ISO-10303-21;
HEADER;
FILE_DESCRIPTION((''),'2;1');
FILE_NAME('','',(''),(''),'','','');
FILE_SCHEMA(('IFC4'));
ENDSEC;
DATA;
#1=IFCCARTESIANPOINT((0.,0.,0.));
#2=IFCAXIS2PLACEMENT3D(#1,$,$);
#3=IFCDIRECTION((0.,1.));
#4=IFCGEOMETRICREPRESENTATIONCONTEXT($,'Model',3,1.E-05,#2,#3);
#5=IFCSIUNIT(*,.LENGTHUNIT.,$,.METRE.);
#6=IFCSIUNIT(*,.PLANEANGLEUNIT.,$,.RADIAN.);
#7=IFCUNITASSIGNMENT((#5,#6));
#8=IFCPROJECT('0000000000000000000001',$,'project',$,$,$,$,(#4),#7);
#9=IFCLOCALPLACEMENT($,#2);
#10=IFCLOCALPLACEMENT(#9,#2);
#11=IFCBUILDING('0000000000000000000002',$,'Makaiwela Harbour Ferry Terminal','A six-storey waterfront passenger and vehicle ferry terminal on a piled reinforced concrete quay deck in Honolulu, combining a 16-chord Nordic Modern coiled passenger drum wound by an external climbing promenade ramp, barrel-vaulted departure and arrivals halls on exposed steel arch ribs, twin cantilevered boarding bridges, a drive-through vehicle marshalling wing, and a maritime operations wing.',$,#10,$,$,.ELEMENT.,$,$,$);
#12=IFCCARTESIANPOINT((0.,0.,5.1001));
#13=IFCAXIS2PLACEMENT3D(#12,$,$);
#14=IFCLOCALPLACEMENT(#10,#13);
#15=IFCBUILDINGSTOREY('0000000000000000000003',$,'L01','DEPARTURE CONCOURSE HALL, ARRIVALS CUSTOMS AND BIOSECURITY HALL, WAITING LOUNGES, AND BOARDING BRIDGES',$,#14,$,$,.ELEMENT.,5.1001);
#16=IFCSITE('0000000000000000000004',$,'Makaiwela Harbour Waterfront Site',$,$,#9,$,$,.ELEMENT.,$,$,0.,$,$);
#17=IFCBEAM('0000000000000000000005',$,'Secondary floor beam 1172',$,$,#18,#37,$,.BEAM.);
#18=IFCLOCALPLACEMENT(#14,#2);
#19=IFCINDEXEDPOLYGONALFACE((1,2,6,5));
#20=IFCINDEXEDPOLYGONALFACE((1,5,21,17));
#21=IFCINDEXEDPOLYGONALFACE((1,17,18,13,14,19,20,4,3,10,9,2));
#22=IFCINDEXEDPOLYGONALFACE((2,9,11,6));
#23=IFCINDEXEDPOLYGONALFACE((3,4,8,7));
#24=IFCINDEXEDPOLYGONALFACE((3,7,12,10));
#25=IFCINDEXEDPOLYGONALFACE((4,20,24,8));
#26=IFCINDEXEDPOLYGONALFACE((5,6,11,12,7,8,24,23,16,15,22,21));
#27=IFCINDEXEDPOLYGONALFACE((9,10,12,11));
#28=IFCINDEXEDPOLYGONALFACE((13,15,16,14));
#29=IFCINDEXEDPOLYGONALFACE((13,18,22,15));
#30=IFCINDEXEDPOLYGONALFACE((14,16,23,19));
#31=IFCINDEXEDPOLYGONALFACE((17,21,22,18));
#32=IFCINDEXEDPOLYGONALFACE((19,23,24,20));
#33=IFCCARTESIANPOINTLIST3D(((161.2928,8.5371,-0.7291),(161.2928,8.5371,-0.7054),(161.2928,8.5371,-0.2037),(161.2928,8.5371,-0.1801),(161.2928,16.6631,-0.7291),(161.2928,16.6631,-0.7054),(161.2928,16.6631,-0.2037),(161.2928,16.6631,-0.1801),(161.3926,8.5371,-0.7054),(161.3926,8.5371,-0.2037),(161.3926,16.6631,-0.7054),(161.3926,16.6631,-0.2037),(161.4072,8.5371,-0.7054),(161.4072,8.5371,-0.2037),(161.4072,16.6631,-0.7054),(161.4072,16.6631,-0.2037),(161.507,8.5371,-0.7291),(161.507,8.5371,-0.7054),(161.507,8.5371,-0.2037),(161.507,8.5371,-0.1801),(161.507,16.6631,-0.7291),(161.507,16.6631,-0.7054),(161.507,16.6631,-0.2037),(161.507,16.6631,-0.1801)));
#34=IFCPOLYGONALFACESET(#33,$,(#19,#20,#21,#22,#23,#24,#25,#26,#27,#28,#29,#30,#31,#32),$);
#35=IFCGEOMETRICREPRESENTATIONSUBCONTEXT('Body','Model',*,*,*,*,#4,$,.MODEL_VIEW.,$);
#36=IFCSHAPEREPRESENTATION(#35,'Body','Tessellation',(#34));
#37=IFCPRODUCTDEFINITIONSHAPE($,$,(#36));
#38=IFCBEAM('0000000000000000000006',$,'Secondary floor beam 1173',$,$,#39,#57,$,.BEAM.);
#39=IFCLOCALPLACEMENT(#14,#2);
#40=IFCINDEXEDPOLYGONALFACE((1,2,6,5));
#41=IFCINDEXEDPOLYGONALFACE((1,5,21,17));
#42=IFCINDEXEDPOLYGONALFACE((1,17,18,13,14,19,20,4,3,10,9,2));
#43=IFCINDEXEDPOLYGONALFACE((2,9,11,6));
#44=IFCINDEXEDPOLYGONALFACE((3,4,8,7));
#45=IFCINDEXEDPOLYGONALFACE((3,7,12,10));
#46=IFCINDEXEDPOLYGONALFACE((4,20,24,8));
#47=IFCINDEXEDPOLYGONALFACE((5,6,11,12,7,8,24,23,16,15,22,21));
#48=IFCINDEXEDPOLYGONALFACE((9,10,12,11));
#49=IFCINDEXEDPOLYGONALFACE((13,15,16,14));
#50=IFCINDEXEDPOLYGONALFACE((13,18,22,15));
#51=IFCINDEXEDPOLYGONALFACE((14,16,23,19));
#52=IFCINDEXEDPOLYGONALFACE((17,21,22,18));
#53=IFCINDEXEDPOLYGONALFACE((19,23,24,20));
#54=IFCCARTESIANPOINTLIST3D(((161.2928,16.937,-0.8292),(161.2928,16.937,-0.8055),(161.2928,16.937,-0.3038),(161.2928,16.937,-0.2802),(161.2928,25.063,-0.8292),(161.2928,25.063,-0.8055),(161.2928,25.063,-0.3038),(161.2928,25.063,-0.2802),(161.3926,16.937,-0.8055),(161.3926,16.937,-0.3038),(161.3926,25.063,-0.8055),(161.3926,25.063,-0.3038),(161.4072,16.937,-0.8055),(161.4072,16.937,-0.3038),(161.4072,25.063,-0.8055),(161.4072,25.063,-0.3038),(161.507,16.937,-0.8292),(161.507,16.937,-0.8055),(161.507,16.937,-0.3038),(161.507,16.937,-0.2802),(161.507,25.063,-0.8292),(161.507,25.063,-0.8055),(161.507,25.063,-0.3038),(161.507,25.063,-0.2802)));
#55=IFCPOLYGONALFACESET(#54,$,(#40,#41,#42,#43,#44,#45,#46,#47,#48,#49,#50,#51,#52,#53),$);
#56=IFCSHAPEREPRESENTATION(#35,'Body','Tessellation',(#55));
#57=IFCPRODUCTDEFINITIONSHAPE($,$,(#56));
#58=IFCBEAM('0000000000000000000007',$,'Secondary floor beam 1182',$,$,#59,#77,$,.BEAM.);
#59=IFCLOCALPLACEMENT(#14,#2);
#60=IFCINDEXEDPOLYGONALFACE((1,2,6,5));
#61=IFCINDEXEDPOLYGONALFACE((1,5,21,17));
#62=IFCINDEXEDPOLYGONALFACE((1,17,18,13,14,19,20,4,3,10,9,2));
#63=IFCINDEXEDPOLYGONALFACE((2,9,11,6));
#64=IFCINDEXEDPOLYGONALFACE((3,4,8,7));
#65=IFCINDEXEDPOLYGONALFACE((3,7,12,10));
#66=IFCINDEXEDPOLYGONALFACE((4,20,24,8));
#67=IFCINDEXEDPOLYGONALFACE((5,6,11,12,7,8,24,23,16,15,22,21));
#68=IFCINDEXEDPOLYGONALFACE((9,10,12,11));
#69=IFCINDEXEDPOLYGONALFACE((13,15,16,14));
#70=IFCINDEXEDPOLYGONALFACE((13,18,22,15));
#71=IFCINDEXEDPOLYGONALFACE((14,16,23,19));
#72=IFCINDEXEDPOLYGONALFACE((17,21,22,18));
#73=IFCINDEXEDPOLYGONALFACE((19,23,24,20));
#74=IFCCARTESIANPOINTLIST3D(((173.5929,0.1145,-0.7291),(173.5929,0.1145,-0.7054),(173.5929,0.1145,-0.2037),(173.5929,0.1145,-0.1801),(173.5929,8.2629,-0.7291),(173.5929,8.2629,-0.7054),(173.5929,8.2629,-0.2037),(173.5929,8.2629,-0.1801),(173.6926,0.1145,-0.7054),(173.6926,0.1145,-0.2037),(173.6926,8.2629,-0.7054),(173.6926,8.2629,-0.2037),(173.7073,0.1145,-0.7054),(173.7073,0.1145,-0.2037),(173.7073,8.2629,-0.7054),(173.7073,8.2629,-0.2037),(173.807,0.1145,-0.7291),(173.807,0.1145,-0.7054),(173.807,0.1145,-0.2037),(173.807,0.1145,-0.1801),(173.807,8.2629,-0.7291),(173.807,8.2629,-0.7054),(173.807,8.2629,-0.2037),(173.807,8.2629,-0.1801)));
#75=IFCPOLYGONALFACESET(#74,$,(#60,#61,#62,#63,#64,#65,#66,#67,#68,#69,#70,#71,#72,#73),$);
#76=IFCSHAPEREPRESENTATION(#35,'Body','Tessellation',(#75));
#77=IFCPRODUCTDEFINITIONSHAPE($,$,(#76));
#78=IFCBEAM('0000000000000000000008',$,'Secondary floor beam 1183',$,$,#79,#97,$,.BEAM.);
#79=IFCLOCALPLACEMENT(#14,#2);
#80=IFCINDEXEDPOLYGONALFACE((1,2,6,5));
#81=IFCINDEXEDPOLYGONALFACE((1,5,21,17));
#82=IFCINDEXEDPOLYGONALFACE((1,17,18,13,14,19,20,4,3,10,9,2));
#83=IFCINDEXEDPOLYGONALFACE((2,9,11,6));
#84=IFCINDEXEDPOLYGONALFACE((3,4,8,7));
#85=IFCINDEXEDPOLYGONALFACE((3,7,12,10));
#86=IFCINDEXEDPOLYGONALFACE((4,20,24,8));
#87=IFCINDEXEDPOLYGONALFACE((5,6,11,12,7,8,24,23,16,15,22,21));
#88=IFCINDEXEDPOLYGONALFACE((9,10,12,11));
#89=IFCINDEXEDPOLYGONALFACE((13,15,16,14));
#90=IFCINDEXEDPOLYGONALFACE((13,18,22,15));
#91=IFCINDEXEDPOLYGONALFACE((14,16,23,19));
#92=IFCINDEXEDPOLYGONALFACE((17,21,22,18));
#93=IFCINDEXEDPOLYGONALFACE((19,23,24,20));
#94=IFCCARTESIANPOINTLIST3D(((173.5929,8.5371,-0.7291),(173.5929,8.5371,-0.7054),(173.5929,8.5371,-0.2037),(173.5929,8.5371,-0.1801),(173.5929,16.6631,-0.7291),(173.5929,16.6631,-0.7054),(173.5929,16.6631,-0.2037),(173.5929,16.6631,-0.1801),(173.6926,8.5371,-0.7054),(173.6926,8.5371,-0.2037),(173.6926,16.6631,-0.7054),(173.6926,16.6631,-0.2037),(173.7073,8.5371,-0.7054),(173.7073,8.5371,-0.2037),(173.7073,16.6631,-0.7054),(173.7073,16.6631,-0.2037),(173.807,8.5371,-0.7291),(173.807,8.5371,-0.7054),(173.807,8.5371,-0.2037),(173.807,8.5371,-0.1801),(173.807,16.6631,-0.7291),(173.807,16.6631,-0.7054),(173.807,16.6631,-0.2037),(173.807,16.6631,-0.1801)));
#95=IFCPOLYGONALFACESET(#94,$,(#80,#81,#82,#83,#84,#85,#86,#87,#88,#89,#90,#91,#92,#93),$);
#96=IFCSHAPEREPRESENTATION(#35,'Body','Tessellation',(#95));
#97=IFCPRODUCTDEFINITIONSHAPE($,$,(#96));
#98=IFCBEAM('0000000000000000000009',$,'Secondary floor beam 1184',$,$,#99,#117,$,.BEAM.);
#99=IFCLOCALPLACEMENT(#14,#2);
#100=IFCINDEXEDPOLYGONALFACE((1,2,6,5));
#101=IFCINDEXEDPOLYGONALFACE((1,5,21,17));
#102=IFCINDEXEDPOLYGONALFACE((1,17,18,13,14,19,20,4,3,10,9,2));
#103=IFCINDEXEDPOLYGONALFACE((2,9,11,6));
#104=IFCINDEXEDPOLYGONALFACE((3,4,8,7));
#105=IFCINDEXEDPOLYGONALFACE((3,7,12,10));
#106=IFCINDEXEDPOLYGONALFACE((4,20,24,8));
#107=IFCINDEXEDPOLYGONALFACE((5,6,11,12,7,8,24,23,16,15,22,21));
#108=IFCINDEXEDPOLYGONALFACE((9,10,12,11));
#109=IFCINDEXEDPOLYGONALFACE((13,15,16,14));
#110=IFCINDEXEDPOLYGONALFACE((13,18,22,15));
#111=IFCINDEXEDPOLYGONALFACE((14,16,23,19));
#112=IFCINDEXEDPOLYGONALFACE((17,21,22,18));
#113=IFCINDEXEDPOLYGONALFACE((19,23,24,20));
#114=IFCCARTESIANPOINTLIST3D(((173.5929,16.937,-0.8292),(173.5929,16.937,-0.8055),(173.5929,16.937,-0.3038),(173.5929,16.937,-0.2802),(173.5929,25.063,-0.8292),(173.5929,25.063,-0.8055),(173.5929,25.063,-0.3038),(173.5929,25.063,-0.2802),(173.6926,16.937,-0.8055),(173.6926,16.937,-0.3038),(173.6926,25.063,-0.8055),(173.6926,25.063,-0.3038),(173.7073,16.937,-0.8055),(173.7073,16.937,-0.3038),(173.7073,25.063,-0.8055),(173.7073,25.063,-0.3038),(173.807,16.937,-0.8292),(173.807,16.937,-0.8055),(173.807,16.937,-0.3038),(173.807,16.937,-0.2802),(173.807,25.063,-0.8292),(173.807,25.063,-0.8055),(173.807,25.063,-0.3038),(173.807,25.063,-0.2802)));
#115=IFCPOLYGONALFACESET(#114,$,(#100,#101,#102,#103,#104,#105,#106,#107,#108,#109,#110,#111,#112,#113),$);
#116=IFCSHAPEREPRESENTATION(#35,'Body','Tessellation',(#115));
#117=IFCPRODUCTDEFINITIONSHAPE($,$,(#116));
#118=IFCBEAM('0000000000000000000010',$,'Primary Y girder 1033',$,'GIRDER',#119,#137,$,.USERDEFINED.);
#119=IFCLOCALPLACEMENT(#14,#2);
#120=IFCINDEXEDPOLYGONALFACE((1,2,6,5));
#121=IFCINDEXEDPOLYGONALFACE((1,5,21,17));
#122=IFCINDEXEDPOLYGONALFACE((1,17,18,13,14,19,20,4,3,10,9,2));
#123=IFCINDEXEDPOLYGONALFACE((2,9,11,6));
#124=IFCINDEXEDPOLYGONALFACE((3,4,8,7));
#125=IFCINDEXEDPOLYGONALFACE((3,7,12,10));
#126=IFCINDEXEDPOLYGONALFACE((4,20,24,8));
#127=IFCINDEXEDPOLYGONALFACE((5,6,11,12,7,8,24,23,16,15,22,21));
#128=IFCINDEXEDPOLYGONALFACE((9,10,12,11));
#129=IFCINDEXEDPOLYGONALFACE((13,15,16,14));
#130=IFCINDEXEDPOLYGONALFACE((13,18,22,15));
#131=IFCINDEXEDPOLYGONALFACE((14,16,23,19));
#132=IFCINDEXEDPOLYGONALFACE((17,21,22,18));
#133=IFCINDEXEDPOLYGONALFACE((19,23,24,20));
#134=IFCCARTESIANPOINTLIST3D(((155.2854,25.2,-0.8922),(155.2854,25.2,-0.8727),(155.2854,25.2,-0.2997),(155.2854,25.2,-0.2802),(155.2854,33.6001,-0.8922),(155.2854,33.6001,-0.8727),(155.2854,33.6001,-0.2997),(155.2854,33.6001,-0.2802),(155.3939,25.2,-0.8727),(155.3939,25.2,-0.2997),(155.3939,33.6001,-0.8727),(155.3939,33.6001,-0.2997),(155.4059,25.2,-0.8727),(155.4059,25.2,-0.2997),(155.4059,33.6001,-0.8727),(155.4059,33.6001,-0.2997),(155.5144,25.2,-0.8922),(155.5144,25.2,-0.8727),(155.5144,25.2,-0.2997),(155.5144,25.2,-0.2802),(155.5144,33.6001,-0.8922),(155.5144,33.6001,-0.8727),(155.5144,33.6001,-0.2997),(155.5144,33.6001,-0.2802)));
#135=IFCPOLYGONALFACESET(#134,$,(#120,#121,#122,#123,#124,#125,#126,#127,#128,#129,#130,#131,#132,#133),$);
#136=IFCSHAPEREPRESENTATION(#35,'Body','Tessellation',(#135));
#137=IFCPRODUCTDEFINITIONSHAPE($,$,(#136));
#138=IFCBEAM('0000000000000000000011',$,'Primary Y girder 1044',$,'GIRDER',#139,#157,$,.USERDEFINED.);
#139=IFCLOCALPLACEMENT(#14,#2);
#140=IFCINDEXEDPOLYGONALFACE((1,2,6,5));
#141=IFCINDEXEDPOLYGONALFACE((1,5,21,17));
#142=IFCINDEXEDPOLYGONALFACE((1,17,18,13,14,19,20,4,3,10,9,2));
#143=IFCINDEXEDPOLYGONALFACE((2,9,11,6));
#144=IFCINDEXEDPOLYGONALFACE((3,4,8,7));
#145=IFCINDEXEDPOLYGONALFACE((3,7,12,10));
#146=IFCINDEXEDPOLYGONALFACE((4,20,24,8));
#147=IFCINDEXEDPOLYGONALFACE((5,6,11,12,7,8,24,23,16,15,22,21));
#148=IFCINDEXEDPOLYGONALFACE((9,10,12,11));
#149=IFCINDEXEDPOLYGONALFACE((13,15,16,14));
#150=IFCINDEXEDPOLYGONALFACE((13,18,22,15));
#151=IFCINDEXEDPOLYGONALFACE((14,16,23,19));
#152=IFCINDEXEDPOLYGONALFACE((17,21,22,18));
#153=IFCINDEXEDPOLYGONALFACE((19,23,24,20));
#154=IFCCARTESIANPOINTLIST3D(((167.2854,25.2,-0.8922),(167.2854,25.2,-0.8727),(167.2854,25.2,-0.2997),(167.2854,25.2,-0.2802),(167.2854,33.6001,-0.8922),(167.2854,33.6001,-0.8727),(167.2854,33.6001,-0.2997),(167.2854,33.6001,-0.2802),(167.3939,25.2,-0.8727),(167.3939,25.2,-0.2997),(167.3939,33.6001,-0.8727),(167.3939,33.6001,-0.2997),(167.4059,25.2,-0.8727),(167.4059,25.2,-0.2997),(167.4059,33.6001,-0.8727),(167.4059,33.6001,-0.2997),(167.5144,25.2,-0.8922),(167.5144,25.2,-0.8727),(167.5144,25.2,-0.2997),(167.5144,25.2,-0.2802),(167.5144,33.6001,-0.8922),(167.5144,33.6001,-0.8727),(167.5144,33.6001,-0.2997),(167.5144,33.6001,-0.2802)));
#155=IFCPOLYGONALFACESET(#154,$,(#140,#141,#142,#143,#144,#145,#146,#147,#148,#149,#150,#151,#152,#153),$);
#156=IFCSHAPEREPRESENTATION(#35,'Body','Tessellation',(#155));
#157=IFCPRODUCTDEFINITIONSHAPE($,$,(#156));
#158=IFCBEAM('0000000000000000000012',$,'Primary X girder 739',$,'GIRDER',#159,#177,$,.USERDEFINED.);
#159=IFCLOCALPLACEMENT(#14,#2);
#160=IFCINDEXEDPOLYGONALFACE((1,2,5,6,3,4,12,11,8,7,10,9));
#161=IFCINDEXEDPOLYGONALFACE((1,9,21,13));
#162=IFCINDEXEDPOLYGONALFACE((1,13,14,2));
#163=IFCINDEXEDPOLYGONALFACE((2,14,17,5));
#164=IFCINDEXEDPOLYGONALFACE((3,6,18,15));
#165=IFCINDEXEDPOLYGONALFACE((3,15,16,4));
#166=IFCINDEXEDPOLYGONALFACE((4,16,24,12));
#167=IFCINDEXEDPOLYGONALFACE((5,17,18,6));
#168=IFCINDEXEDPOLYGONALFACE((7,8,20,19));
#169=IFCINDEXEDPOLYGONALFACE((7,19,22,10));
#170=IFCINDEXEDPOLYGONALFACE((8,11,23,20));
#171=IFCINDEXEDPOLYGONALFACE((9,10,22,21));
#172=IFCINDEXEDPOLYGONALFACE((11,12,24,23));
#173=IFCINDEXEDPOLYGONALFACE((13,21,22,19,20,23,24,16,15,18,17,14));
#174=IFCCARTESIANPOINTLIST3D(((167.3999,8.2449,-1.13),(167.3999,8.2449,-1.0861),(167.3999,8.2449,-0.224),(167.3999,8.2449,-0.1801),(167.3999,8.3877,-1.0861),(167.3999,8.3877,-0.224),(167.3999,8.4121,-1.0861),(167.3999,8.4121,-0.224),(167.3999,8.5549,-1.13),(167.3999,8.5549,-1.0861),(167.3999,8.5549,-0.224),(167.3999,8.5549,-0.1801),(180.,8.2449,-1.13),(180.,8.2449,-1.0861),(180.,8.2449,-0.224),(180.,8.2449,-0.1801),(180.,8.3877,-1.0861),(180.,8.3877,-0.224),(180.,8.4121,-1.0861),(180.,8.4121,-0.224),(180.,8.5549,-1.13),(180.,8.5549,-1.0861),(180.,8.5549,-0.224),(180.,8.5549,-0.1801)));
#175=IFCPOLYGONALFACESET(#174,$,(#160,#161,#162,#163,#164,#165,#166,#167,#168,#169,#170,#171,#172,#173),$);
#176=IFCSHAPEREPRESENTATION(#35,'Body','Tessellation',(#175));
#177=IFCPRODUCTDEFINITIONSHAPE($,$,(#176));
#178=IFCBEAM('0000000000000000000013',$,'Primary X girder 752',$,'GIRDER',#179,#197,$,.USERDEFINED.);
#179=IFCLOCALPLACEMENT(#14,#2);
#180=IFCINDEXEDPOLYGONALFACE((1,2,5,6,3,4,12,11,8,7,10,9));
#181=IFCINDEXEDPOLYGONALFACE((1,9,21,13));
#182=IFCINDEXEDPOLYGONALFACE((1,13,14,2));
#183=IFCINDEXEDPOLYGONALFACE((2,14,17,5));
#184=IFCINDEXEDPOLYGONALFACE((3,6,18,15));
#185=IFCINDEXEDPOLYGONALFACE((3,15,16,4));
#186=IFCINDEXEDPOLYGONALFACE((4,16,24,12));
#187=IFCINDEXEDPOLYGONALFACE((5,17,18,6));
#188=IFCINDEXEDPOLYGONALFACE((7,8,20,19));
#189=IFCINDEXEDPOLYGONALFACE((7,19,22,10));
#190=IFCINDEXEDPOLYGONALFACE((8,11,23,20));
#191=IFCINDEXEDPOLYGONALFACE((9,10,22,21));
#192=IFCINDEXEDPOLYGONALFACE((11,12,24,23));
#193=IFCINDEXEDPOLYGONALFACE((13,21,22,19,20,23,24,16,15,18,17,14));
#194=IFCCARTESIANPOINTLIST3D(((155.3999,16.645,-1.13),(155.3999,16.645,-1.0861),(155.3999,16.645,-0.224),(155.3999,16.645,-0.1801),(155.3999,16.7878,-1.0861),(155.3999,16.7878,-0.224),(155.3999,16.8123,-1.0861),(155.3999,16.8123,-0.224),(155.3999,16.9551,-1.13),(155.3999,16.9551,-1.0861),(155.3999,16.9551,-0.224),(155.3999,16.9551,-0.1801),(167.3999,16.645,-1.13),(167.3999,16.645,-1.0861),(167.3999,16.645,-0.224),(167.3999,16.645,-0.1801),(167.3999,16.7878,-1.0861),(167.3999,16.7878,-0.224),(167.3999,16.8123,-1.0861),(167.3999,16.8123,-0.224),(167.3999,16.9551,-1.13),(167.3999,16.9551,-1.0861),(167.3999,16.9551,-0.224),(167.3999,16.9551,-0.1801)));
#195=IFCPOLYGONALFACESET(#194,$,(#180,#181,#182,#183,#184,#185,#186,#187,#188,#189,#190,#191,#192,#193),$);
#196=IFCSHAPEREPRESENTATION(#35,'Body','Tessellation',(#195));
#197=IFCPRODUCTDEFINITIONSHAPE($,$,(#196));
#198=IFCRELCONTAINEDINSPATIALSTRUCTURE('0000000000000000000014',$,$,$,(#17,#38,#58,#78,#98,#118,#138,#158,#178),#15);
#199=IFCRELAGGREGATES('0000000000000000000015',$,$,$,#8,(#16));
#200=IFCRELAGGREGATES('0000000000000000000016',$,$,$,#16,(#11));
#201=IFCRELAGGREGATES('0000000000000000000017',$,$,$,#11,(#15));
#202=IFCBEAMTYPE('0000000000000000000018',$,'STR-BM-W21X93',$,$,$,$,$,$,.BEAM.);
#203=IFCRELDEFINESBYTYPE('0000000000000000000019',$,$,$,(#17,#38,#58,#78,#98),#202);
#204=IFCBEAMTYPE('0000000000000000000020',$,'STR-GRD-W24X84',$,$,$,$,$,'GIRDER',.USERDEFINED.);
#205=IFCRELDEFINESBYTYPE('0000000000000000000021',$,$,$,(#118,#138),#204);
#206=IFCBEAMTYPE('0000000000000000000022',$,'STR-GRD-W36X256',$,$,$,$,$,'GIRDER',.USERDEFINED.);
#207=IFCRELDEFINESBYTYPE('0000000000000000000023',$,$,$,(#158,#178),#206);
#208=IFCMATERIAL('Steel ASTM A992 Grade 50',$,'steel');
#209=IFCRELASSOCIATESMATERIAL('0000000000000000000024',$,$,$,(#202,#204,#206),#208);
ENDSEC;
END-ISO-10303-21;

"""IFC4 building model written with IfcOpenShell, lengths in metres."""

from ifc_helpers import new_model, si_unit, direction, frame, origin, origin_2d, place, context, subcontext, project, spatial, i_section, extrude, material, material_profile, profile_set, type_object, element, save


model = new_model("IFC4")

# Units and contexts
model_context = context("Model", 3, precision=1e-05, world=origin(), true_north=direction((0.0, 1.0)))
body_context = subcontext(model_context, "Body", "Model", "MODEL_VIEW")
ifc_project = project(units=[si_unit("LENGTHUNIT", "METRE"), si_unit("PLANEANGLEUNIT", "RADIAN")], contexts=[model_context])

# Site, building, storey
site_placement = place(None, origin())
site = spatial("IfcSite", under=ifc_project, at=site_placement, Name="Makaiwela Harbour Waterfront Site", CompositionType="ELEMENT", RefElevation=0.0)
building_placement = place(site_placement, origin())
building = spatial("IfcBuilding", under=site, at=building_placement, Name="Makaiwela Harbour Ferry Terminal", Description="A six-storey waterfront passenger and vehicle ferry terminal on a piled reinforced concrete quay deck in Honolulu, combining a 16-chord Nordic Modern coiled passenger drum wound by an external climbing promenade ramp, barrel-vaulted departure and arrivals halls on exposed steel arch ribs, twin cantilevered boarding bridges, a drive-through vehicle marshalling wing, and a maritime operations wing.", CompositionType="ELEMENT")
storey_placement = place(building_placement, frame((0.0, 0.0, 5.1001)))
storey = spatial("IfcBuildingStorey", under=building, at=storey_placement, Name="L01", Description="DEPARTURE CONCOURSE HALL, ARRIVALS CUSTOMS AND BIOSECURITY HALL, WAITING LOUNGES, AND BOARDING BRIDGES", CompositionType="ELEMENT", Elevation=5.1001)

# Shared definitions
ifc_material_1 = material(Name="Steel ASTM A992 Grade 50", Category="steel")

# Beams
ifc_material_profile_1 = material_profile(ifc_material_1, i_section(OverallWidth=0.2141, OverallDepth=0.5491, WebThickness=0.0146, FlangeThickness=0.0237, at=origin_2d()), Name="W21X93")
ifc_profile_set_1 = profile_set([ifc_material_profile_1], Name="Steel ASTM A992 Grade 50")
beam_type_1 = type_object("IfcBeamType", Name="STR-BM-W21X93", PredefinedType="BEAM", material=ifc_profile_set_1)
for number, where, z_axis, x_axis, name in (
    (1, (161.3999, 8.5371, -0.4546), (0.0, 1.0, 0.0), (-1.0, 0.0, 0.0), "Secondary floor beam 1172"),
    (2, (161.3999, 16.937, -0.5547), (0.0, 1.0, 0.0), (-1.0, 0.0, 0.0), "Secondary floor beam 1173"),
):
    element("IfcBeam", number, at=place(storey_placement, frame(where, z_axis=z_axis, x_axis=x_axis)), inside=storey, type_object=beam_type_1, Name=name, PredefinedType="BEAM", context=body_context, shape_type="SweptSolid", body=[
        extrude(i_section(OverallWidth=0.2141, OverallDepth=0.5491, WebThickness=0.0146, FlangeThickness=0.0237, at=origin_2d()), origin(), (0.0, 0.0, 1.0), 8.126),
    ])
beam_1_placement = place(storey_placement, frame((173.7, 0.1145, -0.4546), z_axis=(0.0, 1.0, 0.0), x_axis=(-1.0, 0.0, 0.0)))
element("IfcBeam", 3, at=beam_1_placement, inside=storey, type_object=beam_type_1, Name="Secondary floor beam 1182", PredefinedType="BEAM", context=body_context, shape_type="SweptSolid", body=[
    extrude(i_section(OverallWidth=0.2141, OverallDepth=0.5491, WebThickness=0.0146, FlangeThickness=0.0237, at=origin_2d()), origin(), (0.0, 0.0, 1.0), 8.1484),
])
for number, where, z_axis, x_axis, name in (
    (4, (173.7, 8.5371, -0.4546), (0.0, 1.0, 0.0), (-1.0, 0.0, 0.0), "Secondary floor beam 1183"),
    (5, (173.7, 16.937, -0.5547), (0.0, 1.0, 0.0), (-1.0, 0.0, 0.0), "Secondary floor beam 1184"),
):
    element("IfcBeam", number, at=place(storey_placement, frame(where, z_axis=z_axis, x_axis=x_axis)), inside=storey, type_object=beam_type_1, Name=name, PredefinedType="BEAM", context=body_context, shape_type="SweptSolid", body=[
        extrude(i_section(OverallWidth=0.2141, OverallDepth=0.5491, WebThickness=0.0146, FlangeThickness=0.0237, at=origin_2d()), origin(), (0.0, 0.0, 1.0), 8.126),
    ])
ifc_material_profile_2 = material_profile(ifc_material_1, i_section(OverallWidth=0.229, OverallDepth=0.6121, WebThickness=0.012, FlangeThickness=0.0195, at=origin_2d()), Name="W24X84")
ifc_profile_set_2 = profile_set([ifc_material_profile_2], Name="Steel ASTM A992 Grade 50")
beam_type_2 = type_object("IfcBeamType", Name="STR-GRD-W24X84", ElementType="GIRDER", PredefinedType="USERDEFINED", material=ifc_profile_set_2)
for number, where, z_axis, x_axis, name in (
    (6, (155.3999, 25.2, -0.5862), (0.0, 1.0, 0.0), (-1.0, 0.0, 0.0), "Primary Y girder 1033"),
    (7, (167.3999, 25.2, -0.5862), (0.0, 1.0, 0.0), (-1.0, 0.0, 0.0), "Primary Y girder 1044"),
):
    element("IfcBeam", number, at=place(storey_placement, frame(where, z_axis=z_axis, x_axis=x_axis)), inside=storey, type_object=beam_type_2, Name=name, ObjectType="GIRDER", PredefinedType="USERDEFINED", context=body_context, shape_type="SweptSolid", body=[
        extrude(i_section(OverallWidth=0.229, OverallDepth=0.6121, WebThickness=0.012, FlangeThickness=0.0195, at=origin_2d()), origin(), (0.0, 0.0, 1.0), 8.4001),
    ])
ifc_material_profile_3 = material_profile(ifc_material_1, i_section(OverallWidth=0.3101, OverallDepth=0.95, WebThickness=0.0244, FlangeThickness=0.0439, at=origin_2d()), Name="W36X256")
ifc_profile_set_3 = profile_set([ifc_material_profile_3], Name="Steel ASTM A992 Grade 50")
beam_type_3 = type_object("IfcBeamType", Name="STR-GRD-W36X256", ElementType="GIRDER", PredefinedType="USERDEFINED", material=ifc_profile_set_3)
beam_2_placement = place(storey_placement, frame((167.3999, 8.3999, -0.655), z_axis=(1.0, 0.0, 0.0), x_axis=(0.0, 1.0, 0.0)))
element("IfcBeam", 8, at=beam_2_placement, inside=storey, type_object=beam_type_3, Name="Primary X girder 739", ObjectType="GIRDER", PredefinedType="USERDEFINED", context=body_context, shape_type="SweptSolid", body=[
    extrude(i_section(OverallWidth=0.3101, OverallDepth=0.95, WebThickness=0.0244, FlangeThickness=0.0439, at=origin_2d()), origin(), (0.0, 0.0, 1.0), 12.6001),
])
beam_3_placement = place(storey_placement, frame((155.3999, 16.8, -0.655), z_axis=(1.0, 0.0, 0.0), x_axis=(0.0, 1.0, 0.0)))
element("IfcBeam", 9, at=beam_3_placement, inside=storey, type_object=beam_type_3, Name="Primary X girder 752", ObjectType="GIRDER", PredefinedType="USERDEFINED", context=body_context, shape_type="SweptSolid", body=[
    extrude(i_section(OverallWidth=0.3101, OverallDepth=0.95, WebThickness=0.0244, FlangeThickness=0.0439, at=origin_2d()), origin(), (0.0, 0.0, 1.0), 12.0),
])

save(model, "model.ifc")
